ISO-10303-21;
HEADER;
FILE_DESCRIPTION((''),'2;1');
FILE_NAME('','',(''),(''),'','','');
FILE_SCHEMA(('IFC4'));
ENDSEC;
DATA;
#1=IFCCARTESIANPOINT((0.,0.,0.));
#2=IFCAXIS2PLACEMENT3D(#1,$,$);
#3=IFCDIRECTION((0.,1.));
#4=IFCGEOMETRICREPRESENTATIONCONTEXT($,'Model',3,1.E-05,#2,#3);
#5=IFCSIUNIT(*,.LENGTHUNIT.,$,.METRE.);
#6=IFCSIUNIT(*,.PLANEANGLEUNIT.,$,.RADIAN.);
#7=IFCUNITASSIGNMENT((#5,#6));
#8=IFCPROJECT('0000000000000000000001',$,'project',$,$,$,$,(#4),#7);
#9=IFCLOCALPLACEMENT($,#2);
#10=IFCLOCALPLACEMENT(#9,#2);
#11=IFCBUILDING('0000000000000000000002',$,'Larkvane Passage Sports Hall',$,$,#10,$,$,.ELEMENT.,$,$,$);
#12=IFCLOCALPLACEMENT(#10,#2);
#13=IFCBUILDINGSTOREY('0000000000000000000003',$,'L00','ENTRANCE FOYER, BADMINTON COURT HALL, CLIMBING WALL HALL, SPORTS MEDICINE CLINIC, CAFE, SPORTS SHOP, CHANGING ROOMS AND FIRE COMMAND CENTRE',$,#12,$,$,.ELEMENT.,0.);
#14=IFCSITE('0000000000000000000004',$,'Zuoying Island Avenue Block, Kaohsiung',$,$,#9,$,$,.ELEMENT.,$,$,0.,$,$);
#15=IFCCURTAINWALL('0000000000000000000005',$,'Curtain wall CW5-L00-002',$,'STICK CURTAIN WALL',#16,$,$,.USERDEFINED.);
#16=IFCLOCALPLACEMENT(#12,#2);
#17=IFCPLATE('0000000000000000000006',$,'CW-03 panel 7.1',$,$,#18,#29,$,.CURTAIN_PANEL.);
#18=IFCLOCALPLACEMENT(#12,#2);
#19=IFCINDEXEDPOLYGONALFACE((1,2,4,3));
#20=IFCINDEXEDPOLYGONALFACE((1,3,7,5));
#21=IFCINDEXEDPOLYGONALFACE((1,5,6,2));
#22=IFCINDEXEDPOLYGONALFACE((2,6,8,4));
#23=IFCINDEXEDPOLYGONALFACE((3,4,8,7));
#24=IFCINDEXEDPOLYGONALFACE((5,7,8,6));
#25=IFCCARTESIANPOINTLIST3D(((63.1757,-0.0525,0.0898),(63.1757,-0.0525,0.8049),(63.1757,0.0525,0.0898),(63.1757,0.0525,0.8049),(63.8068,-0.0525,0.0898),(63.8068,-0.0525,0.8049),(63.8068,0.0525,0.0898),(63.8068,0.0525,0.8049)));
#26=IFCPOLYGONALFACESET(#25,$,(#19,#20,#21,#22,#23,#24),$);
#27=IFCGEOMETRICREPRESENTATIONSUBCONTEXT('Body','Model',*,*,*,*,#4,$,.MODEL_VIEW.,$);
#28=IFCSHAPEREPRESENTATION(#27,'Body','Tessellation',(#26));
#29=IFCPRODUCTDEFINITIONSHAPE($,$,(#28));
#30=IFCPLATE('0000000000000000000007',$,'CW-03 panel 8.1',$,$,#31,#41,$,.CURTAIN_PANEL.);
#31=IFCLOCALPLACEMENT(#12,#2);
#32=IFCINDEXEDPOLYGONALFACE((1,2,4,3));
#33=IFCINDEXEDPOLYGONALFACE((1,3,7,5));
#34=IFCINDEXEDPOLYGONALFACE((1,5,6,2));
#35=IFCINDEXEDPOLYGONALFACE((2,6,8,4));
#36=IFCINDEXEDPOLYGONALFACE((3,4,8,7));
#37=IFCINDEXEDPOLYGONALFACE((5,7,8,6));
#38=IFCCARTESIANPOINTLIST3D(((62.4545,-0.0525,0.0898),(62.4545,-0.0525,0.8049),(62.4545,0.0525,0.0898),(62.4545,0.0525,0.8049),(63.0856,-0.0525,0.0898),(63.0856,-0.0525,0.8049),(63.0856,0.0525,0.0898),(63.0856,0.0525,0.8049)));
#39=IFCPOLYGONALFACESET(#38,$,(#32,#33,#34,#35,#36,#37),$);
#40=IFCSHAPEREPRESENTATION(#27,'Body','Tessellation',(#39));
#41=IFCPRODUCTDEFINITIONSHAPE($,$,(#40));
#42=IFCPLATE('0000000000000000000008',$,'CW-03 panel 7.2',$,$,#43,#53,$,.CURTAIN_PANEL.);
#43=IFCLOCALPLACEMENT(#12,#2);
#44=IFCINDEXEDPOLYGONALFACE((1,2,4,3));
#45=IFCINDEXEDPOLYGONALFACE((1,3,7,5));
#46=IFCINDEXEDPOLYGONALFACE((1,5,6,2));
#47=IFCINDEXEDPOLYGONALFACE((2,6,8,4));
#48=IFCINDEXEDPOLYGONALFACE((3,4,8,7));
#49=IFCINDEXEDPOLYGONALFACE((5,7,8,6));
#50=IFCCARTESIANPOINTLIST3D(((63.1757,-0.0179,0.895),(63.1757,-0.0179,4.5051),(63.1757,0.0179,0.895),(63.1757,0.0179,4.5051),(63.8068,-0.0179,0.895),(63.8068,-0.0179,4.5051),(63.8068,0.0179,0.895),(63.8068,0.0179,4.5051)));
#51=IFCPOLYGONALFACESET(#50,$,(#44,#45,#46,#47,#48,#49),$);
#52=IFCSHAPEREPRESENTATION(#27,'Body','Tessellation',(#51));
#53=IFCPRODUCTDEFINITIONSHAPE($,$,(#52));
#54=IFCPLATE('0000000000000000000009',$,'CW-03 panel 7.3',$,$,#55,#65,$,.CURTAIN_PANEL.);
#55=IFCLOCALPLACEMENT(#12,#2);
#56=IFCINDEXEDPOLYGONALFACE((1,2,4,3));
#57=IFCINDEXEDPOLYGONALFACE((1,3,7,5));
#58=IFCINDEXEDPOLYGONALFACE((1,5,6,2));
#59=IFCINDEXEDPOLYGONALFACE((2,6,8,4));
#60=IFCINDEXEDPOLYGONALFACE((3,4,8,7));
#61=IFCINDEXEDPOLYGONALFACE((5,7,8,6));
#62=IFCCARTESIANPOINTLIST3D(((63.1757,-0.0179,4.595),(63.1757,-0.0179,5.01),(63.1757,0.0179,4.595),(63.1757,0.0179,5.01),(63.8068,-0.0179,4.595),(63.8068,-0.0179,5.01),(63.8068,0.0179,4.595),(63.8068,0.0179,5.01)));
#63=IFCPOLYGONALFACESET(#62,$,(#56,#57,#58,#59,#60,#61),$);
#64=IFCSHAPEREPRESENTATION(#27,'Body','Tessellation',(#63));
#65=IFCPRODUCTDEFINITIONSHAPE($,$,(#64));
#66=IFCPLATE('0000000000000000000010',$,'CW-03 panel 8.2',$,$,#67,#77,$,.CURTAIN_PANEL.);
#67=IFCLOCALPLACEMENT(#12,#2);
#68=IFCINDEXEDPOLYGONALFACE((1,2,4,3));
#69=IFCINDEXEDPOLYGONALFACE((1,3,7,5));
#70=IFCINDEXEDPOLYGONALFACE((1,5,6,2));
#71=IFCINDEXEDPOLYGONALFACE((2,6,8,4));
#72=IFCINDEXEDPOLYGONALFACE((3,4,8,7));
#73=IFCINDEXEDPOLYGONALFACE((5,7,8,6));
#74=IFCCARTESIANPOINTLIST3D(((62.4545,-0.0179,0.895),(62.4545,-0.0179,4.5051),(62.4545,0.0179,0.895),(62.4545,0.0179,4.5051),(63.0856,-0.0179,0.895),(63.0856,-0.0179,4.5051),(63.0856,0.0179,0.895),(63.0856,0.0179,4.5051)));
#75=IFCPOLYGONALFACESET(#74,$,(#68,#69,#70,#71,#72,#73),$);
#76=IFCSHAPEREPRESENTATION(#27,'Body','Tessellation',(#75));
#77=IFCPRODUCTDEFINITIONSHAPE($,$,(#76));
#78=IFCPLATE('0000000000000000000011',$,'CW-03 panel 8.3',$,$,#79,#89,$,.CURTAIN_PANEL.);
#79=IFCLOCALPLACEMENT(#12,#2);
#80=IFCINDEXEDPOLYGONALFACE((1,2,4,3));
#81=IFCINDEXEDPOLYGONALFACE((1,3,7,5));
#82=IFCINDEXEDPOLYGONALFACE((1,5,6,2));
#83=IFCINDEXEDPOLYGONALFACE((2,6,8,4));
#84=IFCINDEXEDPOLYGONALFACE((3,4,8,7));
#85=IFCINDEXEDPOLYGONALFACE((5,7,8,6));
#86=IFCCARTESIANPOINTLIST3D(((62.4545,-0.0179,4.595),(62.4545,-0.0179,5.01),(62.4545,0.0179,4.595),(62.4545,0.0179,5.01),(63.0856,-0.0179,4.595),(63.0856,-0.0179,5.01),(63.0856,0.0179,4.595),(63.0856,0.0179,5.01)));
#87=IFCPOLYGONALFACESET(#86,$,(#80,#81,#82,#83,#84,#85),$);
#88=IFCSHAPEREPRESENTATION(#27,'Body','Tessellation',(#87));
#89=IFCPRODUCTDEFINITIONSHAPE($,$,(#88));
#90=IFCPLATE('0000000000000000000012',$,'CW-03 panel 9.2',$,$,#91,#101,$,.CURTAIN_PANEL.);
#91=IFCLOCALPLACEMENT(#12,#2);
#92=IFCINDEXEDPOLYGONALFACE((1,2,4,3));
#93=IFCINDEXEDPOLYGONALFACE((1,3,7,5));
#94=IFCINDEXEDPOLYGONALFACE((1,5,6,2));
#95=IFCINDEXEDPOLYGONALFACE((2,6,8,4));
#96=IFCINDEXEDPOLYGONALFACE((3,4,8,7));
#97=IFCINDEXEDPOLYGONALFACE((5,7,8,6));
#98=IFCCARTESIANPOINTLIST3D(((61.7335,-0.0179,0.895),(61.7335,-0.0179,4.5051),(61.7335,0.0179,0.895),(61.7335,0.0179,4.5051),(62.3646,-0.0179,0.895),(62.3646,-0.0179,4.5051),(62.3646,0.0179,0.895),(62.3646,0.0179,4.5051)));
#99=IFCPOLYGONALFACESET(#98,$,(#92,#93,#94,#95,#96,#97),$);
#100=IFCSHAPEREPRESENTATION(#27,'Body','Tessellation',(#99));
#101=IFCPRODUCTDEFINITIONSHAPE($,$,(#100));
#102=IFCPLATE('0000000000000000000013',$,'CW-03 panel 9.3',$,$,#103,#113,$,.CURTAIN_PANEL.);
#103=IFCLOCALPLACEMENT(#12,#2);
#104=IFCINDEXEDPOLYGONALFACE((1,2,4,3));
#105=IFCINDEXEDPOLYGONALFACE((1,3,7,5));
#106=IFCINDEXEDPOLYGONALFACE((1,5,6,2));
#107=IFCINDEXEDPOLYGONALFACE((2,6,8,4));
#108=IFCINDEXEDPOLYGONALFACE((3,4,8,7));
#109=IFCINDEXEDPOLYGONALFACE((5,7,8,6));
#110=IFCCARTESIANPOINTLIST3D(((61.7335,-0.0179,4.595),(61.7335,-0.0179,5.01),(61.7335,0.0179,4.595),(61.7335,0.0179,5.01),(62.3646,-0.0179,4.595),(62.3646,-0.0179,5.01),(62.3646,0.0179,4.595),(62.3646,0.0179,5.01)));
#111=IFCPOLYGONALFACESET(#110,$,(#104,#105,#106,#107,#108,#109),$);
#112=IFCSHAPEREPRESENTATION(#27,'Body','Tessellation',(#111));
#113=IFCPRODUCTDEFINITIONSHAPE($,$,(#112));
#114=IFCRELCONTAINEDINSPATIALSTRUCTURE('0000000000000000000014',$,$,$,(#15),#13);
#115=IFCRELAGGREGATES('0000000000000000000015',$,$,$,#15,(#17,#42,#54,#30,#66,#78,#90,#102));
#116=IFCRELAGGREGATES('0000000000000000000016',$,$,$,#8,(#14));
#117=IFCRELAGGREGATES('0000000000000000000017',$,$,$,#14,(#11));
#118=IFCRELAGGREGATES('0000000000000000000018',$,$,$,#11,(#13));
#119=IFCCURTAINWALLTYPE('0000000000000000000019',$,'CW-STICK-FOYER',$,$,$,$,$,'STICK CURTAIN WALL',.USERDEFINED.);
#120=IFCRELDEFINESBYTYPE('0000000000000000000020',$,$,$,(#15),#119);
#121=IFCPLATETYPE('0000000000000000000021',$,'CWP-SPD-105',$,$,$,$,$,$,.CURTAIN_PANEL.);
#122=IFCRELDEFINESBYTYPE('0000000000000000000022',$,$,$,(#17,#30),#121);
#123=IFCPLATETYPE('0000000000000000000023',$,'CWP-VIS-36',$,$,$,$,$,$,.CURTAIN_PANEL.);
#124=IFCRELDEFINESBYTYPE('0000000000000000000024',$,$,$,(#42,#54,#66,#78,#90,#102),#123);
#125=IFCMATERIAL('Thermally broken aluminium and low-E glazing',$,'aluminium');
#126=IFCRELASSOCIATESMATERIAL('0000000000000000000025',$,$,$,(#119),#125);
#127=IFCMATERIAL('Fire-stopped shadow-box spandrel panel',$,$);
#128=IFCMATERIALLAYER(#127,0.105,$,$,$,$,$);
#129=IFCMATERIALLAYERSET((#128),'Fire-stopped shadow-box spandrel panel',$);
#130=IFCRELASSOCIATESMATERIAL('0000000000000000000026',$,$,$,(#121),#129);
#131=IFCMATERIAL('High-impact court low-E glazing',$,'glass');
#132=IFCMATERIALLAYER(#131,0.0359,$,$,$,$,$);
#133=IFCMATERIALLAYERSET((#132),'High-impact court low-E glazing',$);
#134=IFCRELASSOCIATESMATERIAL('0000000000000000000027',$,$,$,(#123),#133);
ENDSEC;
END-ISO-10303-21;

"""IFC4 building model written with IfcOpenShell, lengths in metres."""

from ifc_helpers import new_model, si_unit, direction, frame, origin, origin_2d, place, context, subcontext, project, spatial, rectangle, extrude, material, layer, layer_set, type_object, element, aggregate, save


model = new_model("IFC4")

# Units and contexts
model_context = context("Model", 3, precision=1e-05, world=origin(), true_north=direction((0.0, 1.0)))
body_context = subcontext(model_context, "Body", "Model", "MODEL_VIEW")
ifc_project = project(units=[si_unit("LENGTHUNIT", "METRE"), si_unit("PLANEANGLEUNIT", "RADIAN")], contexts=[model_context])

# Site, building, storey
site_placement = place(None, origin())
site = spatial("IfcSite", under=ifc_project, at=site_placement, Name="Zuoying Island Avenue Block, Kaohsiung", CompositionType="ELEMENT", RefElevation=0.0)
building_placement = place(site_placement, origin())
building = spatial("IfcBuilding", under=site, at=building_placement, Name="Larkvane Passage Sports Hall", CompositionType="ELEMENT")
storey_placement = place(building_placement, origin())
storey = spatial("IfcBuildingStorey", under=building, at=storey_placement, Name="L00", Description="ENTRANCE FOYER, BADMINTON COURT HALL, CLIMBING WALL HALL, SPORTS MEDICINE CLINIC, CAFE, SPORTS SHOP, CHANGING ROOMS AND FIRE COMMAND CENTRE", CompositionType="ELEMENT", Elevation=0.0)

# Curtain wall, plates
ifc_material_1 = material(Name="Thermally broken aluminium and low-E glazing", Category="aluminium")
curtain_wall_type = type_object("IfcCurtainWallType", Name="CW-STICK-FOYER", ElementType="STICK CURTAIN WALL", PredefinedType="USERDEFINED", material=ifc_material_1)
curtain_wall_placement = place(storey_placement, origin())
curtain_wall = element("IfcCurtainWall", 1, at=curtain_wall_placement, inside=storey, type_object=curtain_wall_type, Name="Curtain wall CW5-L00-002", ObjectType="STICK CURTAIN WALL", PredefinedType="USERDEFINED")
ifc_material_2 = material(Name="Fire-stopped shadow-box spandrel panel")
ifc_layer_1 = layer(ifc_material_2, 0.105)
ifc_layer_set_1 = layer_set([ifc_layer_1], Name="Fire-stopped shadow-box spandrel panel")
plate_type_1 = type_object("IfcPlateType", Name="CWP-SPD-105", PredefinedType="CURTAIN_PANEL", material=ifc_layer_set_1)
plate_1_placement = place(storey_placement, frame((63.4912, 0.0, 0.0898), z_axis=(0.0, 0.0, 1.0), x_axis=(-1.0, 0.0, 0.0)))
plate_1 = element("IfcPlate", 2, at=plate_1_placement, type_object=plate_type_1, Name="CW-03 panel 7.1", PredefinedType="CURTAIN_PANEL", context=body_context, shape_type="SweptSolid", body=[
    extrude(rectangle(XDim=0.6311, YDim=0.105, at=origin_2d()), origin(), (0.0, 0.0, 1.0), 0.7151),
])
plate_2_placement = place(storey_placement, frame((62.77, 0.0, 0.0898), z_axis=(0.0, 0.0, 1.0), x_axis=(-1.0, 0.0, 0.0)))
plate_2 = element("IfcPlate", 3, at=plate_2_placement, type_object=plate_type_1, Name="CW-03 panel 8.1", PredefinedType="CURTAIN_PANEL", context=body_context, shape_type="SweptSolid", body=[
    extrude(rectangle(XDim=0.6311, YDim=0.105, at=origin_2d()), origin(), (0.0, 0.0, 1.0), 0.7151),
])
ifc_material_3 = material(Name="High-impact court low-E glazing", Category="glass")
ifc_layer_2 = layer(ifc_material_3, 0.0359)
ifc_layer_set_2 = layer_set([ifc_layer_2], Name="High-impact court low-E glazing")
plate_type_2 = type_object("IfcPlateType", Name="CWP-VIS-36", PredefinedType="CURTAIN_PANEL", material=ifc_layer_set_2)
plate_3_placement = place(storey_placement, frame((63.4912, 0.0, 0.895), z_axis=(0.0, 0.0, 1.0), x_axis=(-1.0, 0.0, 0.0)))
plate_3 = element("IfcPlate", 4, at=plate_3_placement, type_object=plate_type_2, Name="CW-03 panel 7.2", PredefinedType="CURTAIN_PANEL", context=body_context, shape_type="SweptSolid", body=[
    extrude(rectangle(XDim=0.6311, YDim=0.0359, at=origin_2d()), origin(), (0.0, 0.0, 1.0), 3.6101),
])
plate_4_placement = place(storey_placement, frame((63.4912, 0.0, 4.595), z_axis=(0.0, 0.0, 1.0), x_axis=(-1.0, 0.0, 0.0)))
plate_4 = element("IfcPlate", 5, at=plate_4_placement, type_object=plate_type_2, Name="CW-03 panel 7.3", PredefinedType="CURTAIN_PANEL", context=body_context, shape_type="SweptSolid", body=[
    extrude(rectangle(XDim=0.6311, YDim=0.0359, at=origin_2d()), origin(), (0.0, 0.0, 1.0), 0.415),
])
plate_5_placement = place(storey_placement, frame((62.77, 0.0, 0.895), z_axis=(0.0, 0.0, 1.0), x_axis=(-1.0, 0.0, 0.0)))
plate_5 = element("IfcPlate", 6, at=plate_5_placement, type_object=plate_type_2, Name="CW-03 panel 8.2", PredefinedType="CURTAIN_PANEL", context=body_context, shape_type="SweptSolid", body=[
    extrude(rectangle(XDim=0.6311, YDim=0.0359, at=origin_2d()), origin(), (0.0, 0.0, 1.0), 3.6101),
])
plate_6_placement = place(storey_placement, frame((62.77, 0.0, 4.595), z_axis=(0.0, 0.0, 1.0), x_axis=(-1.0, 0.0, 0.0)))
plate_6 = element("IfcPlate", 7, at=plate_6_placement, type_object=plate_type_2, Name="CW-03 panel 8.3", PredefinedType="CURTAIN_PANEL", context=body_context, shape_type="SweptSolid", body=[
    extrude(rectangle(XDim=0.6311, YDim=0.0359, at=origin_2d()), origin(), (0.0, 0.0, 1.0), 0.415),
])
plate_7_placement = place(storey_placement, frame((62.0491, 0.0, 0.895), z_axis=(0.0, 0.0, 1.0), x_axis=(-1.0, 0.0, 0.0)))
plate_7 = element("IfcPlate", 8, at=plate_7_placement, type_object=plate_type_2, Name="CW-03 panel 9.2", PredefinedType="CURTAIN_PANEL", context=body_context, shape_type="SweptSolid", body=[
    extrude(rectangle(XDim=0.6311, YDim=0.0359, at=origin_2d()), origin(), (0.0, 0.0, 1.0), 3.6101),
])
plate_8_placement = place(storey_placement, frame((62.0491, 0.0, 4.595), z_axis=(0.0, 0.0, 1.0), x_axis=(-1.0, 0.0, 0.0)))
plate_8 = element("IfcPlate", 9, at=plate_8_placement, type_object=plate_type_2, Name="CW-03 panel 9.3", PredefinedType="CURTAIN_PANEL", context=body_context, shape_type="SweptSolid", body=[
    extrude(rectangle(XDim=0.6311, YDim=0.0359, at=origin_2d()), origin(), (0.0, 0.0, 1.0), 0.415),
])
aggregate(curtain_wall, [plate_1, plate_3, plate_4, plate_2, plate_5, plate_6, plate_7, plate_8])

save(model, "model.ifc")
